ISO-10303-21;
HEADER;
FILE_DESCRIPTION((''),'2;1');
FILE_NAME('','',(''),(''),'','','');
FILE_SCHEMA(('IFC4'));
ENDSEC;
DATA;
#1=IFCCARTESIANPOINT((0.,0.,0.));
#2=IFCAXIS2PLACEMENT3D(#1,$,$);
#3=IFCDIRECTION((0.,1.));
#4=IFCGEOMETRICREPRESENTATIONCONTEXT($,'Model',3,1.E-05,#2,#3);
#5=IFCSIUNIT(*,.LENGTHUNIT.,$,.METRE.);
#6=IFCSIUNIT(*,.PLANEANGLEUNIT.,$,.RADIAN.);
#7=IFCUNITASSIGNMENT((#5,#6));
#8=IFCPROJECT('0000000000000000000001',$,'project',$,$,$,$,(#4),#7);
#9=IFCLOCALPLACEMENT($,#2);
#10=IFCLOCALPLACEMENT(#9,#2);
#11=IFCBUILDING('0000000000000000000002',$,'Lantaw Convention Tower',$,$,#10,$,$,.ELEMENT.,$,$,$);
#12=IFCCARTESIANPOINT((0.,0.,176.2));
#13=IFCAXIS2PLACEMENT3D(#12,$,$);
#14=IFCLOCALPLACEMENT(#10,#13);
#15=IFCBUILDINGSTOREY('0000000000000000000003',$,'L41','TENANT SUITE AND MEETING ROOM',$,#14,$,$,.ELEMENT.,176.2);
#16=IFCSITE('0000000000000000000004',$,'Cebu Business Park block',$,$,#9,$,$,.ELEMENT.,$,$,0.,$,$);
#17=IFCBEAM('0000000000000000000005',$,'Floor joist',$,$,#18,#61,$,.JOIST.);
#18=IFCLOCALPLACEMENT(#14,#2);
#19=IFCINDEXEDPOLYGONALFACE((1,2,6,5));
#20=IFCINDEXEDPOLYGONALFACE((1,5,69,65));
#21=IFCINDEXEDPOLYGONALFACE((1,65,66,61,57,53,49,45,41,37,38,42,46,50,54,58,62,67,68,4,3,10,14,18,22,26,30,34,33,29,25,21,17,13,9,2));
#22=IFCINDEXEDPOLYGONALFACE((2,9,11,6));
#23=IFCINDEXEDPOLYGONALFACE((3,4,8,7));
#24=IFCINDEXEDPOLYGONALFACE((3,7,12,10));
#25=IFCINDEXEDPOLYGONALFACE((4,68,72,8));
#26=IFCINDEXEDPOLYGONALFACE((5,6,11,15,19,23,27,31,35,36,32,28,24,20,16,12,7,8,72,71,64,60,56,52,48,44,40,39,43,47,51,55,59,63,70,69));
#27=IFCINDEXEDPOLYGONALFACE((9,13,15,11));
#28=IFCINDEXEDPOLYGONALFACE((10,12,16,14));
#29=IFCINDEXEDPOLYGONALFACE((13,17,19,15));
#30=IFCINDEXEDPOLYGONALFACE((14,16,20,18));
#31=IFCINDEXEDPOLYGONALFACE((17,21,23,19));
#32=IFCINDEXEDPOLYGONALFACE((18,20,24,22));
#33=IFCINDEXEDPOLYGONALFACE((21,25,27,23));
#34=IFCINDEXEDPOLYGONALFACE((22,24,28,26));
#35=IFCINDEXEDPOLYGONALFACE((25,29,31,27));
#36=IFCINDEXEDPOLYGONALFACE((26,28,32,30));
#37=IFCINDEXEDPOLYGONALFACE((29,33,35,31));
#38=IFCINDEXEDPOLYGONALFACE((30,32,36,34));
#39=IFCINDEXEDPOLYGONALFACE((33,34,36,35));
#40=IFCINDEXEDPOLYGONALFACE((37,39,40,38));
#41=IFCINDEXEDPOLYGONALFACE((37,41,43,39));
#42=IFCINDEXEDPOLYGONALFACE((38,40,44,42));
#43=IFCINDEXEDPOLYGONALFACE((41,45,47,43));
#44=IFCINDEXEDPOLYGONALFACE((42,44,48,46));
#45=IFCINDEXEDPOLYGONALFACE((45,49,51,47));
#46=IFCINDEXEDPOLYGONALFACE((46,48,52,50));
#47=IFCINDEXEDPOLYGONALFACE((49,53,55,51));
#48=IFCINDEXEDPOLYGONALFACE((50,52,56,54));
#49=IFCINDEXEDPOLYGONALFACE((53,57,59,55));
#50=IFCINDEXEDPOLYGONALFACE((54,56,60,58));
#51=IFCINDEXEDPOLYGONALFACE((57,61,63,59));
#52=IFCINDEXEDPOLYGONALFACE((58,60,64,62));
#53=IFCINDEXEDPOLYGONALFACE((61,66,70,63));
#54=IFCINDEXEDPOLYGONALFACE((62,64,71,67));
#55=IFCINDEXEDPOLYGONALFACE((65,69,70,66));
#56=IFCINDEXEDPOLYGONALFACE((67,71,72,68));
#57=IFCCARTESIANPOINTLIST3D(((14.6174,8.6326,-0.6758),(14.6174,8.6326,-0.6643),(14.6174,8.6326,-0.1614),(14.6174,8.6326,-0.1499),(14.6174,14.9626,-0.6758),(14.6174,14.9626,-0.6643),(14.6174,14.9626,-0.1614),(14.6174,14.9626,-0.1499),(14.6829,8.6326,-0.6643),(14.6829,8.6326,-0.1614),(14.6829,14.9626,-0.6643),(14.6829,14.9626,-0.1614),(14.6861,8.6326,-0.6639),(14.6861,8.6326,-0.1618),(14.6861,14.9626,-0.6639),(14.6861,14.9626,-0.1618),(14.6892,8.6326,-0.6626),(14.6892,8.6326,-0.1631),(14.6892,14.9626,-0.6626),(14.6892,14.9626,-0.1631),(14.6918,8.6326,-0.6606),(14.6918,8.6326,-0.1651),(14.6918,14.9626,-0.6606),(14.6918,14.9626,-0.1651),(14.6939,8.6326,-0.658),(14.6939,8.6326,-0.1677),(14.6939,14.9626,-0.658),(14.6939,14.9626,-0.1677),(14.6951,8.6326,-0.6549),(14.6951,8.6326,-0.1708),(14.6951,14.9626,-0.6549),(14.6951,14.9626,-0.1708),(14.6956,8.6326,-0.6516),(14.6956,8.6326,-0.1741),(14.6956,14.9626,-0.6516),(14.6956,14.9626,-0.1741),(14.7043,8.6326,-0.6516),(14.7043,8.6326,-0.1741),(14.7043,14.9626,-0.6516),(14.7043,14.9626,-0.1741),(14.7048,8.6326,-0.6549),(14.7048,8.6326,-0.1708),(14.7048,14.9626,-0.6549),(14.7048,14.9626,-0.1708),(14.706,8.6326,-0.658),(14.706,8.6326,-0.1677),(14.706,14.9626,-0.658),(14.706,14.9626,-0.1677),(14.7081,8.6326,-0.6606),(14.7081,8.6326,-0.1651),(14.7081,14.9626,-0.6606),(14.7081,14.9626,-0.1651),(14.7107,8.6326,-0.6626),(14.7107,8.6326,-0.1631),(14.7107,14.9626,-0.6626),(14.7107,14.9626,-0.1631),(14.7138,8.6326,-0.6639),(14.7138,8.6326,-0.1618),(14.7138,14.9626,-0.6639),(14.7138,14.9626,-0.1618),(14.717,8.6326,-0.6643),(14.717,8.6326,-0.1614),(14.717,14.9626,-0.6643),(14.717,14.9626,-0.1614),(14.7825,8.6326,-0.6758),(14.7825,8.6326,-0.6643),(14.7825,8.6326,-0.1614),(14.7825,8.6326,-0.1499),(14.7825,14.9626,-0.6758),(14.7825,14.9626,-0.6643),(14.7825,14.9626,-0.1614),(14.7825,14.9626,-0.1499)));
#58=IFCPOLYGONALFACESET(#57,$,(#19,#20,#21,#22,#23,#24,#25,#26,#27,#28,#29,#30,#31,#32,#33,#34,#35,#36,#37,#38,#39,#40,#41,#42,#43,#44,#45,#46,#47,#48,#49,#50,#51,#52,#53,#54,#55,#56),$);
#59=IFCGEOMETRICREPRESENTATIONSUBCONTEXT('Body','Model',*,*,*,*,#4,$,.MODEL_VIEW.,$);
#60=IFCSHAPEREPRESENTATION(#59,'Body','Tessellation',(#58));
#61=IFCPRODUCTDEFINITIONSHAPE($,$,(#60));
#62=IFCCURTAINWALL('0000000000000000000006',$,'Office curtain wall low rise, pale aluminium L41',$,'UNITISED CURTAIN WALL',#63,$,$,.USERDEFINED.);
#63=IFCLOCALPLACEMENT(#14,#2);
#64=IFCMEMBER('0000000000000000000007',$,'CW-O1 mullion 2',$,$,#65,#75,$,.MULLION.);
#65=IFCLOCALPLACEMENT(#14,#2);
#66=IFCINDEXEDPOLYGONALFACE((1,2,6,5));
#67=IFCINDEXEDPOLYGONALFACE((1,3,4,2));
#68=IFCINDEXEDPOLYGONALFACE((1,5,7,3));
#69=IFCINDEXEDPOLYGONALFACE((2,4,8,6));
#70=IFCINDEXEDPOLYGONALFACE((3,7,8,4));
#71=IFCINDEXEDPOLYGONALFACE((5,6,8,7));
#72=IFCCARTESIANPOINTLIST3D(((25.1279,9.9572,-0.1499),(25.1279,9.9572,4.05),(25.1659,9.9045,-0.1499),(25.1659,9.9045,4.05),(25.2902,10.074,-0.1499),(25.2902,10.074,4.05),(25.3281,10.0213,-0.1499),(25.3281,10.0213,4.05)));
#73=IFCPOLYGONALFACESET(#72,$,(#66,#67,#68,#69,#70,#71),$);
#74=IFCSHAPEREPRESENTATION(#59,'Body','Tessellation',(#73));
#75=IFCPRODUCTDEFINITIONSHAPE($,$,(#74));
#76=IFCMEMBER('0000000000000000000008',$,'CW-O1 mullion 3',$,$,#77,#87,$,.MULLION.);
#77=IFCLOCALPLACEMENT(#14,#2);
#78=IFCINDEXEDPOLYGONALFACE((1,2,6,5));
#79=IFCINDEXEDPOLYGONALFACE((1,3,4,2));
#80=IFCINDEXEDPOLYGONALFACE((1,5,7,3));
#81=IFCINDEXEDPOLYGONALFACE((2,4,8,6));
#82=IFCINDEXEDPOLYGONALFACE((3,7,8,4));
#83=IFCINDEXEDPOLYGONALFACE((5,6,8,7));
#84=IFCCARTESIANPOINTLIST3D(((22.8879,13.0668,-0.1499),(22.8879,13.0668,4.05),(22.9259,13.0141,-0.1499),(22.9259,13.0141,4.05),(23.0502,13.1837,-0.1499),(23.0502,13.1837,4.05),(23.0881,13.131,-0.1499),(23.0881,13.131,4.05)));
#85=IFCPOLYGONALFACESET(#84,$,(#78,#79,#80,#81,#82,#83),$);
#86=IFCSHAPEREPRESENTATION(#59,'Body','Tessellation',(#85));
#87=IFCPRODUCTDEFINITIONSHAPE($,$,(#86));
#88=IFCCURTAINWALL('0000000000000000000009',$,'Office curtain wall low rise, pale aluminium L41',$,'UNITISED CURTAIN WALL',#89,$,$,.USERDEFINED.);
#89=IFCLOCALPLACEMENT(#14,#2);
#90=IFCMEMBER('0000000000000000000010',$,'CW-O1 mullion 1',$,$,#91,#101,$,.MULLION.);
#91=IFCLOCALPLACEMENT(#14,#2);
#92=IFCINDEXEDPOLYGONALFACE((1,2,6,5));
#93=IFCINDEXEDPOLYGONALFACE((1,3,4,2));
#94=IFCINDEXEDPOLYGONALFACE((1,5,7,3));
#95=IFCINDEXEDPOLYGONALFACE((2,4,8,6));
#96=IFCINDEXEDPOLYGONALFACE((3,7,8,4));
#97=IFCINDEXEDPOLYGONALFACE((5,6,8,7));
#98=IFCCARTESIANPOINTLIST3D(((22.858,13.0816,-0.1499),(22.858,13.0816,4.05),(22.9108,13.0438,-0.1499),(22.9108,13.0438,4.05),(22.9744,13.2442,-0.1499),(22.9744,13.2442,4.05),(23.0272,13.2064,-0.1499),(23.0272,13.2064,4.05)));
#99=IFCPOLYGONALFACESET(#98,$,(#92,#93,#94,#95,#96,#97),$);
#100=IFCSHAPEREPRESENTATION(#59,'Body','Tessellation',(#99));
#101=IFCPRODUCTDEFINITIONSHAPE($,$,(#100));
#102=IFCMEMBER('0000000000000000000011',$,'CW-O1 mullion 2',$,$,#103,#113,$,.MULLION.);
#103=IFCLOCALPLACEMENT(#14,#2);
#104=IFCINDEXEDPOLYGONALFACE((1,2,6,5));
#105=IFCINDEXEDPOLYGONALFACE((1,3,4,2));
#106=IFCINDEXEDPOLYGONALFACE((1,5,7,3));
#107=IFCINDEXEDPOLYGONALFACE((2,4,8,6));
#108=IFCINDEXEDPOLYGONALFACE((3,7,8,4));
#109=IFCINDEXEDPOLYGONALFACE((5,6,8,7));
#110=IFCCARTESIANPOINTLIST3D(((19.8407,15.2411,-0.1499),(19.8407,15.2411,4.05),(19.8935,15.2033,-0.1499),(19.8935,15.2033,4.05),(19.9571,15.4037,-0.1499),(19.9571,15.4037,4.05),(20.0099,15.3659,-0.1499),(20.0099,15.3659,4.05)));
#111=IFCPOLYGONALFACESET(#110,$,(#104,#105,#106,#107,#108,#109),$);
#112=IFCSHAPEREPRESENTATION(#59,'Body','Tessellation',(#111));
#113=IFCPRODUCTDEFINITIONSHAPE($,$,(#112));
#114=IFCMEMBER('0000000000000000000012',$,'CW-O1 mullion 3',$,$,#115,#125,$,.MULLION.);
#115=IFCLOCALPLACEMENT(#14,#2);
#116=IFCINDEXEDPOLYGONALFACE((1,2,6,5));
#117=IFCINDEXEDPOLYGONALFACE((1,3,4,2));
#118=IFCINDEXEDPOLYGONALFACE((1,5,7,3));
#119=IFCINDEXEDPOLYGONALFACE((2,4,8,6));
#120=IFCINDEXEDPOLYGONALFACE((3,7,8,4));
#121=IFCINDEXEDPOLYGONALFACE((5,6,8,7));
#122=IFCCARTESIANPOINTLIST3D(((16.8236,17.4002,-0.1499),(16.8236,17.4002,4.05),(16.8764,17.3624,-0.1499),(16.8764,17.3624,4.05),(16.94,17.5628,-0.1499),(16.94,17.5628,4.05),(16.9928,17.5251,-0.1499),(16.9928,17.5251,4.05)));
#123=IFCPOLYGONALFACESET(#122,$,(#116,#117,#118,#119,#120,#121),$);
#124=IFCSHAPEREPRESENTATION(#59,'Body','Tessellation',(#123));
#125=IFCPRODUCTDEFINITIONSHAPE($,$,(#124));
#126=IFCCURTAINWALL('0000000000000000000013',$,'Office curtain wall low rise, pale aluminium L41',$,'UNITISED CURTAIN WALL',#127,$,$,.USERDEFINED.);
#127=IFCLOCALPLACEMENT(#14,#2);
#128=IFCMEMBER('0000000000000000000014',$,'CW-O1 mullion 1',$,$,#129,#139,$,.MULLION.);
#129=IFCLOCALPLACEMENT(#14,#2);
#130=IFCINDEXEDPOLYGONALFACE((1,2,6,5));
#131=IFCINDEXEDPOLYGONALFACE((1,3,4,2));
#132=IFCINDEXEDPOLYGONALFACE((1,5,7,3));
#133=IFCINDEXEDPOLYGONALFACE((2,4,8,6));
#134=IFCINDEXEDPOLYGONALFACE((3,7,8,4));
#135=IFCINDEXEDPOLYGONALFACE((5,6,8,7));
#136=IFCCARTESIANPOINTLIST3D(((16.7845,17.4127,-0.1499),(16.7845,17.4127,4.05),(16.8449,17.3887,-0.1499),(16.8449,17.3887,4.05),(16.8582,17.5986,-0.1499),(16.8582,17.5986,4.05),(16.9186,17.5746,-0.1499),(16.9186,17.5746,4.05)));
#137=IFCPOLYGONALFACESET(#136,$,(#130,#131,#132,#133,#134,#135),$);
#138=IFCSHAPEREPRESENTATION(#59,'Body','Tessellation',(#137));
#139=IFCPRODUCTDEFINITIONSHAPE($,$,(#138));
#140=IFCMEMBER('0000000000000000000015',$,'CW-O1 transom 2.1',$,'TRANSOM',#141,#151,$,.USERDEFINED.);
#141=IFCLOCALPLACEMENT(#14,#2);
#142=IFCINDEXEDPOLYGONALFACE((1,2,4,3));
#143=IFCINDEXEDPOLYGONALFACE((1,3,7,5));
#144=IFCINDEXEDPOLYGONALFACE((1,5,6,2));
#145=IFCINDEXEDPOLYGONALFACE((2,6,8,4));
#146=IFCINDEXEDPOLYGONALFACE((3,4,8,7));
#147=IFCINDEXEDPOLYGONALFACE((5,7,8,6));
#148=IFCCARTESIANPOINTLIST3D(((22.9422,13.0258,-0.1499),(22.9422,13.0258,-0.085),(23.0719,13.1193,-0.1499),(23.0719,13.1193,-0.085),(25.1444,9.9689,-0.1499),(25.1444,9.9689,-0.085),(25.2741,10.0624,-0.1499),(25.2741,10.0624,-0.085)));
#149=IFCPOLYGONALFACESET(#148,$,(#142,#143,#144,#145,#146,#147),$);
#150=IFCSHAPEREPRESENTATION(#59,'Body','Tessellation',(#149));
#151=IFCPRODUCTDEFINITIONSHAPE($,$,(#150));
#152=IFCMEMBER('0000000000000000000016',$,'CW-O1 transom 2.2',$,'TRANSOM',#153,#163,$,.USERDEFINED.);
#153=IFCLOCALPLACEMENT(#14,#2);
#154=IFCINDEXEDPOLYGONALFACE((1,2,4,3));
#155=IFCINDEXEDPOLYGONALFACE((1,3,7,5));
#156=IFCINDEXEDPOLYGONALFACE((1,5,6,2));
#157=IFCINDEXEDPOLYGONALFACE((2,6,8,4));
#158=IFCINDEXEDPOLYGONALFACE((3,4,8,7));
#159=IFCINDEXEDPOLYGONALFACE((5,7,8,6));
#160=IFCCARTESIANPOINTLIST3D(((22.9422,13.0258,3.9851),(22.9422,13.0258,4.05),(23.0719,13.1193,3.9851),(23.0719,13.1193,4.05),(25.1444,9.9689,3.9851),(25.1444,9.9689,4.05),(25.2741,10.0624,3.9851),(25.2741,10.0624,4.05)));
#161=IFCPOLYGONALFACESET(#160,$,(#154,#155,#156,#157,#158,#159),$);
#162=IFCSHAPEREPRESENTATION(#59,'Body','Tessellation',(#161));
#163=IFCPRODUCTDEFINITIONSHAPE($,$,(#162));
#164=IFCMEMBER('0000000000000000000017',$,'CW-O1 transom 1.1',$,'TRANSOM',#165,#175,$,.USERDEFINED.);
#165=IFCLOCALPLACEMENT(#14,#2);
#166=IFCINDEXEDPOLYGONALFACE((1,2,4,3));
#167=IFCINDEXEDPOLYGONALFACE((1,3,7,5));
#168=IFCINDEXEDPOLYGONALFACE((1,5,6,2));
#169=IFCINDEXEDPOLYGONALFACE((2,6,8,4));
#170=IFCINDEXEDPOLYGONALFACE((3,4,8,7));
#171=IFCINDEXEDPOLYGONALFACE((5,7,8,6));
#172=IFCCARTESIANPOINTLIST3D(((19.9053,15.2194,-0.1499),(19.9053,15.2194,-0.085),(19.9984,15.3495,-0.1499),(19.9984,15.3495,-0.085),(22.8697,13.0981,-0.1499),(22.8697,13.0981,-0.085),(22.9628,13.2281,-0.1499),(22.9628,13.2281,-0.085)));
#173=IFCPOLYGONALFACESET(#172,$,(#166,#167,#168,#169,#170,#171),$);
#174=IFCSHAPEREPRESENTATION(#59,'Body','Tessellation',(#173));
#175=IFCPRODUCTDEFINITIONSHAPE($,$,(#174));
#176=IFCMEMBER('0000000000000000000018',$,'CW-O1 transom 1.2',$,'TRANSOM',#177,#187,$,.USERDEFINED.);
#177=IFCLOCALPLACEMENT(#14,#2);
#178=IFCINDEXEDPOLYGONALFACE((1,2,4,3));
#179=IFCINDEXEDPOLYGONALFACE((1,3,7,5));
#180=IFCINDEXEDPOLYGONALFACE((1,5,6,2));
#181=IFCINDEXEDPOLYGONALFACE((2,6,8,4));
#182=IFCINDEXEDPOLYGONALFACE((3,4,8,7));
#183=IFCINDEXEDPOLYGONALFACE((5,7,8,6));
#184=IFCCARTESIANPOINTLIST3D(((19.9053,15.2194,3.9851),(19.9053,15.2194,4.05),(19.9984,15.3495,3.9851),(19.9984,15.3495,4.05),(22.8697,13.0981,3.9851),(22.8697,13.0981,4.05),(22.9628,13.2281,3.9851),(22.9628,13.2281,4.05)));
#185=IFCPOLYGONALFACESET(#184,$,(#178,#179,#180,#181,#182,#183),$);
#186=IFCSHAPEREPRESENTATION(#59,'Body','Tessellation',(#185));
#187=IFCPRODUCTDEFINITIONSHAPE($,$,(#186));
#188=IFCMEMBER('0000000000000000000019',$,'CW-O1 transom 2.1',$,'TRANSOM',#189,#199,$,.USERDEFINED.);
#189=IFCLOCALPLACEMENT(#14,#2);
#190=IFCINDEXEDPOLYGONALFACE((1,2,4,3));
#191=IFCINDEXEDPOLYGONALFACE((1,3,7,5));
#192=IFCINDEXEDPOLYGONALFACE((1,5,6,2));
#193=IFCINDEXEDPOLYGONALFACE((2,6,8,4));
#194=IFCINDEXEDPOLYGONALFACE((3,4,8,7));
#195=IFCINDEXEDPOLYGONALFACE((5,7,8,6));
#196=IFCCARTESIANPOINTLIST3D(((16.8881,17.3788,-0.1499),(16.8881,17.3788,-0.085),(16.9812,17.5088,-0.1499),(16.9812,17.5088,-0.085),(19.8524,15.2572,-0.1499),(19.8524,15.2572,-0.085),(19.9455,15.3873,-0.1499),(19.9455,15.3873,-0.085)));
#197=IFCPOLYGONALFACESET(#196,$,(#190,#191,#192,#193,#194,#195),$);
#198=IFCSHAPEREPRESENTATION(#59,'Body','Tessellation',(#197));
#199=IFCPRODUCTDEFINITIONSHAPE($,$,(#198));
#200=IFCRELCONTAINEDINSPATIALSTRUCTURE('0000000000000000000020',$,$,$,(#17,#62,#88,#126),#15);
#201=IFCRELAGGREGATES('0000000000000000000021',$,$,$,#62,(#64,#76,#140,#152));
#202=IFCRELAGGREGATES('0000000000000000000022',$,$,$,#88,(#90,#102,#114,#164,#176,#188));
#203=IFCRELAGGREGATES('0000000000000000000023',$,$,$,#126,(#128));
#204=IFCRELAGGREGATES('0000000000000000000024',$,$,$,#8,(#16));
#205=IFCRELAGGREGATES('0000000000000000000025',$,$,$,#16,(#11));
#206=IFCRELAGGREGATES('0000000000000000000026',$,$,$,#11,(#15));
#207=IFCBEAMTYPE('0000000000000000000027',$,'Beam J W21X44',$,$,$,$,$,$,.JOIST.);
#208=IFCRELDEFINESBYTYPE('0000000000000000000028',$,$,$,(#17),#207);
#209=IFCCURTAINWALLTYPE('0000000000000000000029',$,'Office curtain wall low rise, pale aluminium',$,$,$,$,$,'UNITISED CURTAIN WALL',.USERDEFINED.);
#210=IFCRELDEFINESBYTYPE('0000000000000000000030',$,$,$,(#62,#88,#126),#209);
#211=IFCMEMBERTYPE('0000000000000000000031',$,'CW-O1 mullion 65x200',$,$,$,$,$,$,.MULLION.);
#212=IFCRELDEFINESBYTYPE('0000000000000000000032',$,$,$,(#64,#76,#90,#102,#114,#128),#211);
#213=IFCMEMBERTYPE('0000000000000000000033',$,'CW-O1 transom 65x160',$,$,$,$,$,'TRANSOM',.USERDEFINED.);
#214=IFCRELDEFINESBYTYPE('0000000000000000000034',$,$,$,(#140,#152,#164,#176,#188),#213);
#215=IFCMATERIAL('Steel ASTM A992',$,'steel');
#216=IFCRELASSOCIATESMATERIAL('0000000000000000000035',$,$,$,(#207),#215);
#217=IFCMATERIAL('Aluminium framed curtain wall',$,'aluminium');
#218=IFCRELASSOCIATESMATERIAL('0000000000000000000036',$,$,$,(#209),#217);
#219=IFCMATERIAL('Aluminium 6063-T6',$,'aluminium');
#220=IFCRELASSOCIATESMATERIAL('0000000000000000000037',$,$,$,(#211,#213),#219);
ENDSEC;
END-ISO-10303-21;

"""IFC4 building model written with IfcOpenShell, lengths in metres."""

from ifc_helpers import new_model, si_unit, direction, frame, origin, origin_2d, place, context, subcontext, project, spatial, rectangle, i_section, extrude, material, material_profile, profile_set, type_object, element, aggregate, save


model = new_model("IFC4")

# Units and contexts
model_context = context("Model", 3, precision=1e-05, world=origin(), true_north=direction((0.0, 1.0)))
body_context = subcontext(model_context, "Body", "Model", "MODEL_VIEW")
ifc_project = project(units=[si_unit("LENGTHUNIT", "METRE"), si_unit("PLANEANGLEUNIT", "RADIAN")], contexts=[model_context])

# Site, building, storey
site_placement = place(None, origin())
site = spatial("IfcSite", under=ifc_project, at=site_placement, Name="Cebu Business Park block", CompositionType="ELEMENT", RefElevation=0.0)
building_placement = place(site_placement, origin())
building = spatial("IfcBuilding", under=site, at=building_placement, Name="Lantaw Convention Tower", CompositionType="ELEMENT")
storey_placement = place(building_placement, frame((0.0, 0.0, 176.2)))
storey = spatial("IfcBuildingStorey", under=building, at=storey_placement, Name="L41", Description="TENANT SUITE AND MEETING ROOM", CompositionType="ELEMENT", Elevation=176.2)

# Beam
ifc_material_1 = material(Name="Steel ASTM A992", Category="steel")
ifc_material_profile_1 = material_profile(ifc_material_1, i_section(OverallWidth=0.165, OverallDepth=0.5259, WebThickness=0.0088, FlangeThickness=0.0115, FilletRadius=0.0127, at=origin_2d()), Name="W21X44")
ifc_profile_set_1 = profile_set([ifc_material_profile_1], Name="Steel ASTM A992")
beam_type_1 = type_object("IfcBeamType", Name="Beam J W21X44", PredefinedType="JOIST", material=ifc_profile_set_1)
beam_1_placement = place(storey_placement, frame((14.7, 8.6326, -0.4128), z_axis=(0.0, 1.0, 0.0), x_axis=(-1.0, 0.0, 0.0)))
element("IfcBeam", 1, at=beam_1_placement, inside=storey, type_object=beam_type_1, Name="Floor joist", PredefinedType="JOIST", context=body_context, shape_type="SweptSolid", body=[
    extrude(i_section(OverallWidth=0.165, OverallDepth=0.5259, WebThickness=0.0088, FlangeThickness=0.0115, FilletRadius=0.0127, at=origin_2d()), origin(), (0.0, 0.0, 1.0), 6.3301),
])

# Curtain walls, members
ifc_material_2 = material(Name="Aluminium framed curtain wall", Category="aluminium")
curtain_wall_type = type_object("IfcCurtainWallType", Name="Office curtain wall low rise, pale aluminium", ElementType="UNITISED CURTAIN WALL", PredefinedType="USERDEFINED", material=ifc_material_2)
curtain_wall_1_placement = place(storey_placement, origin())
curtain_wall_1 = element("IfcCurtainWall", 2, at=curtain_wall_1_placement, inside=storey, type_object=curtain_wall_type, Name="Office curtain wall low rise, pale aluminium L41", ObjectType="UNITISED CURTAIN WALL", PredefinedType="USERDEFINED")
ifc_material_3 = material(Name="Aluminium 6063-T6", Category="aluminium")
ifc_material_profile_2 = material_profile(ifc_material_3, rectangle(XDim=0.2, YDim=0.0649, at=origin_2d()), Name="CW-O1 mullion 65x200")
ifc_profile_set_2 = profile_set([ifc_material_profile_2], Name="Aluminium 6063-T6")
member_type_1 = type_object("IfcMemberType", Name="CW-O1 mullion 65x200", PredefinedType="MULLION", material=ifc_profile_set_2)
member_1_placement = place(storey_placement, frame((25.228, 9.9893, -0.1499), z_axis=(0.0, 0.0, 1.0), x_axis=(-0.811385, -0.584513, 0.0)))
member_1 = element("IfcMember", 3, at=member_1_placement, type_object=member_type_1, Name="CW-O1 mullion 2", PredefinedType="MULLION", context=body_context, shape_type="SweptSolid", body=[
    extrude(rectangle(XDim=0.2, YDim=0.0649, at=origin_2d()), origin(), (0.0, 0.0, 1.0), 4.2),
])
member_2_placement = place(storey_placement, frame((22.988, 13.0989, -0.1499), z_axis=(0.0, 0.0, 1.0), x_axis=(-0.811385, -0.584513, 0.0)))
member_2 = element("IfcMember", 4, at=member_2_placement, type_object=member_type_1, Name="CW-O1 mullion 3", PredefinedType="MULLION", context=body_context, shape_type="SweptSolid", body=[
    extrude(rectangle(XDim=0.2, YDim=0.0649, at=origin_2d()), origin(), (0.0, 0.0, 1.0), 4.2),
])
curtain_wall_2_placement = place(storey_placement, origin())
curtain_wall_2 = element("IfcCurtainWall", 5, at=curtain_wall_2_placement, inside=storey, type_object=curtain_wall_type, Name="Office curtain wall low rise, pale aluminium L41", ObjectType="UNITISED CURTAIN WALL", PredefinedType="USERDEFINED")
member_3_placement = place(storey_placement, frame((22.9426, 13.144, -0.1499), z_axis=(0.0, 0.0, 1.0), x_axis=(-0.581973, -0.813208, 0.0)))
member_3 = element("IfcMember", 6, at=member_3_placement, type_object=member_type_1, Name="CW-O1 mullion 1", PredefinedType="MULLION", context=body_context, shape_type="SweptSolid", body=[
    extrude(rectangle(XDim=0.2, YDim=0.0649, at=origin_2d()), origin(), (0.0, 0.0, 1.0), 4.2),
])
member_4_placement = place(storey_placement, frame((19.9253, 15.3035, -0.1499), z_axis=(0.0, 0.0, 1.0), x_axis=(-0.581973, -0.813208, 0.0)))
member_4 = element("IfcMember", 7, at=member_4_placement, type_object=member_type_1, Name="CW-O1 mullion 2", PredefinedType="MULLION", context=body_context, shape_type="SweptSolid", body=[
    extrude(rectangle(XDim=0.2, YDim=0.0649, at=origin_2d()), origin(), (0.0, 0.0, 1.0), 4.2),
])
member_5_placement = place(storey_placement, frame((16.9082, 17.4626, -0.1499), z_axis=(0.0, 0.0, 1.0), x_axis=(-0.581973, -0.813208, 0.0)))
member_5 = element("IfcMember", 8, at=member_5_placement, type_object=member_type_1, Name="CW-O1 mullion 3", PredefinedType="MULLION", context=body_context, shape_type="SweptSolid", body=[
    extrude(rectangle(XDim=0.2, YDim=0.0649, at=origin_2d()), origin(), (0.0, 0.0, 1.0), 4.2),
])

# Curtain wall, member
curtain_wall_3_placement = place(storey_placement, origin())
curtain_wall_3 = element("IfcCurtainWall", 9, at=curtain_wall_3_placement, inside=storey, type_object=curtain_wall_type, Name="Office curtain wall low rise, pale aluminium L41", ObjectType="UNITISED CURTAIN WALL", PredefinedType="USERDEFINED")
member_6_placement = place(storey_placement, frame((16.8516, 17.4937, -0.1499), z_axis=(0.0, 0.0, 1.0), x_axis=(-0.368702, -0.929548, 0.0)))
member_6 = element("IfcMember", 10, at=member_6_placement, type_object=member_type_1, Name="CW-O1 mullion 1", PredefinedType="MULLION", context=body_context, shape_type="SweptSolid", body=[
    extrude(rectangle(XDim=0.2, YDim=0.0649, at=origin_2d()), origin(), (0.0, 0.0, 1.0), 4.2),
])

# Members
ifc_material_profile_3 = material_profile(ifc_material_3, rectangle(XDim=0.1599, YDim=0.0649, at=origin_2d()), Name="CW-O1 transom 65x160")
ifc_profile_set_3 = profile_set([ifc_material_profile_3], Name="Aluminium 6063-T6")
member_type_2 = type_object("IfcMemberType", Name="CW-O1 transom 65x160", ElementType="TRANSOM", PredefinedType="USERDEFINED", material=ifc_profile_set_3)
member_7_placement = place(storey_placement, frame((25.2092, 10.0156, -0.1174), z_axis=(-0.584513, 0.811384, 0.0), x_axis=(-0.811384, -0.584513, 0.0)))
member_7 = element("IfcMember", 11, at=member_7_placement, type_object=member_type_2, Name="CW-O1 transom 2.1", ObjectType="TRANSOM", PredefinedType="USERDEFINED", context=body_context, shape_type="SweptSolid", body=[
    extrude(rectangle(XDim=0.1599, YDim=0.0649, at=origin_2d()), origin(), (0.0, 0.0, 1.0), 3.7676),
])
member_8_placement = place(storey_placement, frame((25.2092, 10.0156, 4.0176), z_axis=(-0.584513, 0.811384, 0.0), x_axis=(-0.811384, -0.584513, 0.0)))
member_8 = element("IfcMember", 12, at=member_8_placement, type_object=member_type_2, Name="CW-O1 transom 2.2", ObjectType="TRANSOM", PredefinedType="USERDEFINED", context=body_context, shape_type="SweptSolid", body=[
    extrude(rectangle(XDim=0.1599, YDim=0.0649, at=origin_2d()), origin(), (0.0, 0.0, 1.0), 3.7676),
])
member_9_placement = place(storey_placement, frame((22.9163, 13.1631, -0.1174), z_axis=(-0.813222, 0.581954, 0.0), x_axis=(-0.581954, -0.813222, 0.0)))
member_9 = element("IfcMember", 13, at=member_9_placement, type_object=member_type_2, Name="CW-O1 transom 1.1", ObjectType="TRANSOM", PredefinedType="USERDEFINED", context=body_context, shape_type="SweptSolid", body=[
    extrude(rectangle(XDim=0.1599, YDim=0.0649, at=origin_2d()), origin(), (0.0, 0.0, 1.0), 3.6453),
])
member_10_placement = place(storey_placement, frame((22.9163, 13.1631, 4.0176), z_axis=(-0.813222, 0.581954, 0.0), x_axis=(-0.581954, -0.813222, 0.0)))
member_10 = element("IfcMember", 14, at=member_10_placement, type_object=member_type_2, Name="CW-O1 transom 1.2", ObjectType="TRANSOM", PredefinedType="USERDEFINED", context=body_context, shape_type="SweptSolid", body=[
    extrude(rectangle(XDim=0.1599, YDim=0.0649, at=origin_2d()), origin(), (0.0, 0.0, 1.0), 3.6453),
])
member_11_placement = place(storey_placement, frame((19.8989, 15.3223, -0.1174), z_axis=(-0.81319, 0.581998, 0.0), x_axis=(-0.581998, -0.81319, 0.0)))
member_11 = element("IfcMember", 15, at=member_11_placement, type_object=member_type_2, Name="CW-O1 transom 2.1", ObjectType="TRANSOM", PredefinedType="USERDEFINED", context=body_context, shape_type="SweptSolid", body=[
    extrude(rectangle(XDim=0.1599, YDim=0.0649, at=origin_2d()), origin(), (0.0, 0.0, 1.0), 3.6453),
])

aggregate(curtain_wall_1, [member_1, member_2, member_7, member_8])
aggregate(curtain_wall_2, [member_3, member_4, member_5, member_9, member_10, member_11])
aggregate(curtain_wall_3, [member_6])

save(model, "model.ifc")
